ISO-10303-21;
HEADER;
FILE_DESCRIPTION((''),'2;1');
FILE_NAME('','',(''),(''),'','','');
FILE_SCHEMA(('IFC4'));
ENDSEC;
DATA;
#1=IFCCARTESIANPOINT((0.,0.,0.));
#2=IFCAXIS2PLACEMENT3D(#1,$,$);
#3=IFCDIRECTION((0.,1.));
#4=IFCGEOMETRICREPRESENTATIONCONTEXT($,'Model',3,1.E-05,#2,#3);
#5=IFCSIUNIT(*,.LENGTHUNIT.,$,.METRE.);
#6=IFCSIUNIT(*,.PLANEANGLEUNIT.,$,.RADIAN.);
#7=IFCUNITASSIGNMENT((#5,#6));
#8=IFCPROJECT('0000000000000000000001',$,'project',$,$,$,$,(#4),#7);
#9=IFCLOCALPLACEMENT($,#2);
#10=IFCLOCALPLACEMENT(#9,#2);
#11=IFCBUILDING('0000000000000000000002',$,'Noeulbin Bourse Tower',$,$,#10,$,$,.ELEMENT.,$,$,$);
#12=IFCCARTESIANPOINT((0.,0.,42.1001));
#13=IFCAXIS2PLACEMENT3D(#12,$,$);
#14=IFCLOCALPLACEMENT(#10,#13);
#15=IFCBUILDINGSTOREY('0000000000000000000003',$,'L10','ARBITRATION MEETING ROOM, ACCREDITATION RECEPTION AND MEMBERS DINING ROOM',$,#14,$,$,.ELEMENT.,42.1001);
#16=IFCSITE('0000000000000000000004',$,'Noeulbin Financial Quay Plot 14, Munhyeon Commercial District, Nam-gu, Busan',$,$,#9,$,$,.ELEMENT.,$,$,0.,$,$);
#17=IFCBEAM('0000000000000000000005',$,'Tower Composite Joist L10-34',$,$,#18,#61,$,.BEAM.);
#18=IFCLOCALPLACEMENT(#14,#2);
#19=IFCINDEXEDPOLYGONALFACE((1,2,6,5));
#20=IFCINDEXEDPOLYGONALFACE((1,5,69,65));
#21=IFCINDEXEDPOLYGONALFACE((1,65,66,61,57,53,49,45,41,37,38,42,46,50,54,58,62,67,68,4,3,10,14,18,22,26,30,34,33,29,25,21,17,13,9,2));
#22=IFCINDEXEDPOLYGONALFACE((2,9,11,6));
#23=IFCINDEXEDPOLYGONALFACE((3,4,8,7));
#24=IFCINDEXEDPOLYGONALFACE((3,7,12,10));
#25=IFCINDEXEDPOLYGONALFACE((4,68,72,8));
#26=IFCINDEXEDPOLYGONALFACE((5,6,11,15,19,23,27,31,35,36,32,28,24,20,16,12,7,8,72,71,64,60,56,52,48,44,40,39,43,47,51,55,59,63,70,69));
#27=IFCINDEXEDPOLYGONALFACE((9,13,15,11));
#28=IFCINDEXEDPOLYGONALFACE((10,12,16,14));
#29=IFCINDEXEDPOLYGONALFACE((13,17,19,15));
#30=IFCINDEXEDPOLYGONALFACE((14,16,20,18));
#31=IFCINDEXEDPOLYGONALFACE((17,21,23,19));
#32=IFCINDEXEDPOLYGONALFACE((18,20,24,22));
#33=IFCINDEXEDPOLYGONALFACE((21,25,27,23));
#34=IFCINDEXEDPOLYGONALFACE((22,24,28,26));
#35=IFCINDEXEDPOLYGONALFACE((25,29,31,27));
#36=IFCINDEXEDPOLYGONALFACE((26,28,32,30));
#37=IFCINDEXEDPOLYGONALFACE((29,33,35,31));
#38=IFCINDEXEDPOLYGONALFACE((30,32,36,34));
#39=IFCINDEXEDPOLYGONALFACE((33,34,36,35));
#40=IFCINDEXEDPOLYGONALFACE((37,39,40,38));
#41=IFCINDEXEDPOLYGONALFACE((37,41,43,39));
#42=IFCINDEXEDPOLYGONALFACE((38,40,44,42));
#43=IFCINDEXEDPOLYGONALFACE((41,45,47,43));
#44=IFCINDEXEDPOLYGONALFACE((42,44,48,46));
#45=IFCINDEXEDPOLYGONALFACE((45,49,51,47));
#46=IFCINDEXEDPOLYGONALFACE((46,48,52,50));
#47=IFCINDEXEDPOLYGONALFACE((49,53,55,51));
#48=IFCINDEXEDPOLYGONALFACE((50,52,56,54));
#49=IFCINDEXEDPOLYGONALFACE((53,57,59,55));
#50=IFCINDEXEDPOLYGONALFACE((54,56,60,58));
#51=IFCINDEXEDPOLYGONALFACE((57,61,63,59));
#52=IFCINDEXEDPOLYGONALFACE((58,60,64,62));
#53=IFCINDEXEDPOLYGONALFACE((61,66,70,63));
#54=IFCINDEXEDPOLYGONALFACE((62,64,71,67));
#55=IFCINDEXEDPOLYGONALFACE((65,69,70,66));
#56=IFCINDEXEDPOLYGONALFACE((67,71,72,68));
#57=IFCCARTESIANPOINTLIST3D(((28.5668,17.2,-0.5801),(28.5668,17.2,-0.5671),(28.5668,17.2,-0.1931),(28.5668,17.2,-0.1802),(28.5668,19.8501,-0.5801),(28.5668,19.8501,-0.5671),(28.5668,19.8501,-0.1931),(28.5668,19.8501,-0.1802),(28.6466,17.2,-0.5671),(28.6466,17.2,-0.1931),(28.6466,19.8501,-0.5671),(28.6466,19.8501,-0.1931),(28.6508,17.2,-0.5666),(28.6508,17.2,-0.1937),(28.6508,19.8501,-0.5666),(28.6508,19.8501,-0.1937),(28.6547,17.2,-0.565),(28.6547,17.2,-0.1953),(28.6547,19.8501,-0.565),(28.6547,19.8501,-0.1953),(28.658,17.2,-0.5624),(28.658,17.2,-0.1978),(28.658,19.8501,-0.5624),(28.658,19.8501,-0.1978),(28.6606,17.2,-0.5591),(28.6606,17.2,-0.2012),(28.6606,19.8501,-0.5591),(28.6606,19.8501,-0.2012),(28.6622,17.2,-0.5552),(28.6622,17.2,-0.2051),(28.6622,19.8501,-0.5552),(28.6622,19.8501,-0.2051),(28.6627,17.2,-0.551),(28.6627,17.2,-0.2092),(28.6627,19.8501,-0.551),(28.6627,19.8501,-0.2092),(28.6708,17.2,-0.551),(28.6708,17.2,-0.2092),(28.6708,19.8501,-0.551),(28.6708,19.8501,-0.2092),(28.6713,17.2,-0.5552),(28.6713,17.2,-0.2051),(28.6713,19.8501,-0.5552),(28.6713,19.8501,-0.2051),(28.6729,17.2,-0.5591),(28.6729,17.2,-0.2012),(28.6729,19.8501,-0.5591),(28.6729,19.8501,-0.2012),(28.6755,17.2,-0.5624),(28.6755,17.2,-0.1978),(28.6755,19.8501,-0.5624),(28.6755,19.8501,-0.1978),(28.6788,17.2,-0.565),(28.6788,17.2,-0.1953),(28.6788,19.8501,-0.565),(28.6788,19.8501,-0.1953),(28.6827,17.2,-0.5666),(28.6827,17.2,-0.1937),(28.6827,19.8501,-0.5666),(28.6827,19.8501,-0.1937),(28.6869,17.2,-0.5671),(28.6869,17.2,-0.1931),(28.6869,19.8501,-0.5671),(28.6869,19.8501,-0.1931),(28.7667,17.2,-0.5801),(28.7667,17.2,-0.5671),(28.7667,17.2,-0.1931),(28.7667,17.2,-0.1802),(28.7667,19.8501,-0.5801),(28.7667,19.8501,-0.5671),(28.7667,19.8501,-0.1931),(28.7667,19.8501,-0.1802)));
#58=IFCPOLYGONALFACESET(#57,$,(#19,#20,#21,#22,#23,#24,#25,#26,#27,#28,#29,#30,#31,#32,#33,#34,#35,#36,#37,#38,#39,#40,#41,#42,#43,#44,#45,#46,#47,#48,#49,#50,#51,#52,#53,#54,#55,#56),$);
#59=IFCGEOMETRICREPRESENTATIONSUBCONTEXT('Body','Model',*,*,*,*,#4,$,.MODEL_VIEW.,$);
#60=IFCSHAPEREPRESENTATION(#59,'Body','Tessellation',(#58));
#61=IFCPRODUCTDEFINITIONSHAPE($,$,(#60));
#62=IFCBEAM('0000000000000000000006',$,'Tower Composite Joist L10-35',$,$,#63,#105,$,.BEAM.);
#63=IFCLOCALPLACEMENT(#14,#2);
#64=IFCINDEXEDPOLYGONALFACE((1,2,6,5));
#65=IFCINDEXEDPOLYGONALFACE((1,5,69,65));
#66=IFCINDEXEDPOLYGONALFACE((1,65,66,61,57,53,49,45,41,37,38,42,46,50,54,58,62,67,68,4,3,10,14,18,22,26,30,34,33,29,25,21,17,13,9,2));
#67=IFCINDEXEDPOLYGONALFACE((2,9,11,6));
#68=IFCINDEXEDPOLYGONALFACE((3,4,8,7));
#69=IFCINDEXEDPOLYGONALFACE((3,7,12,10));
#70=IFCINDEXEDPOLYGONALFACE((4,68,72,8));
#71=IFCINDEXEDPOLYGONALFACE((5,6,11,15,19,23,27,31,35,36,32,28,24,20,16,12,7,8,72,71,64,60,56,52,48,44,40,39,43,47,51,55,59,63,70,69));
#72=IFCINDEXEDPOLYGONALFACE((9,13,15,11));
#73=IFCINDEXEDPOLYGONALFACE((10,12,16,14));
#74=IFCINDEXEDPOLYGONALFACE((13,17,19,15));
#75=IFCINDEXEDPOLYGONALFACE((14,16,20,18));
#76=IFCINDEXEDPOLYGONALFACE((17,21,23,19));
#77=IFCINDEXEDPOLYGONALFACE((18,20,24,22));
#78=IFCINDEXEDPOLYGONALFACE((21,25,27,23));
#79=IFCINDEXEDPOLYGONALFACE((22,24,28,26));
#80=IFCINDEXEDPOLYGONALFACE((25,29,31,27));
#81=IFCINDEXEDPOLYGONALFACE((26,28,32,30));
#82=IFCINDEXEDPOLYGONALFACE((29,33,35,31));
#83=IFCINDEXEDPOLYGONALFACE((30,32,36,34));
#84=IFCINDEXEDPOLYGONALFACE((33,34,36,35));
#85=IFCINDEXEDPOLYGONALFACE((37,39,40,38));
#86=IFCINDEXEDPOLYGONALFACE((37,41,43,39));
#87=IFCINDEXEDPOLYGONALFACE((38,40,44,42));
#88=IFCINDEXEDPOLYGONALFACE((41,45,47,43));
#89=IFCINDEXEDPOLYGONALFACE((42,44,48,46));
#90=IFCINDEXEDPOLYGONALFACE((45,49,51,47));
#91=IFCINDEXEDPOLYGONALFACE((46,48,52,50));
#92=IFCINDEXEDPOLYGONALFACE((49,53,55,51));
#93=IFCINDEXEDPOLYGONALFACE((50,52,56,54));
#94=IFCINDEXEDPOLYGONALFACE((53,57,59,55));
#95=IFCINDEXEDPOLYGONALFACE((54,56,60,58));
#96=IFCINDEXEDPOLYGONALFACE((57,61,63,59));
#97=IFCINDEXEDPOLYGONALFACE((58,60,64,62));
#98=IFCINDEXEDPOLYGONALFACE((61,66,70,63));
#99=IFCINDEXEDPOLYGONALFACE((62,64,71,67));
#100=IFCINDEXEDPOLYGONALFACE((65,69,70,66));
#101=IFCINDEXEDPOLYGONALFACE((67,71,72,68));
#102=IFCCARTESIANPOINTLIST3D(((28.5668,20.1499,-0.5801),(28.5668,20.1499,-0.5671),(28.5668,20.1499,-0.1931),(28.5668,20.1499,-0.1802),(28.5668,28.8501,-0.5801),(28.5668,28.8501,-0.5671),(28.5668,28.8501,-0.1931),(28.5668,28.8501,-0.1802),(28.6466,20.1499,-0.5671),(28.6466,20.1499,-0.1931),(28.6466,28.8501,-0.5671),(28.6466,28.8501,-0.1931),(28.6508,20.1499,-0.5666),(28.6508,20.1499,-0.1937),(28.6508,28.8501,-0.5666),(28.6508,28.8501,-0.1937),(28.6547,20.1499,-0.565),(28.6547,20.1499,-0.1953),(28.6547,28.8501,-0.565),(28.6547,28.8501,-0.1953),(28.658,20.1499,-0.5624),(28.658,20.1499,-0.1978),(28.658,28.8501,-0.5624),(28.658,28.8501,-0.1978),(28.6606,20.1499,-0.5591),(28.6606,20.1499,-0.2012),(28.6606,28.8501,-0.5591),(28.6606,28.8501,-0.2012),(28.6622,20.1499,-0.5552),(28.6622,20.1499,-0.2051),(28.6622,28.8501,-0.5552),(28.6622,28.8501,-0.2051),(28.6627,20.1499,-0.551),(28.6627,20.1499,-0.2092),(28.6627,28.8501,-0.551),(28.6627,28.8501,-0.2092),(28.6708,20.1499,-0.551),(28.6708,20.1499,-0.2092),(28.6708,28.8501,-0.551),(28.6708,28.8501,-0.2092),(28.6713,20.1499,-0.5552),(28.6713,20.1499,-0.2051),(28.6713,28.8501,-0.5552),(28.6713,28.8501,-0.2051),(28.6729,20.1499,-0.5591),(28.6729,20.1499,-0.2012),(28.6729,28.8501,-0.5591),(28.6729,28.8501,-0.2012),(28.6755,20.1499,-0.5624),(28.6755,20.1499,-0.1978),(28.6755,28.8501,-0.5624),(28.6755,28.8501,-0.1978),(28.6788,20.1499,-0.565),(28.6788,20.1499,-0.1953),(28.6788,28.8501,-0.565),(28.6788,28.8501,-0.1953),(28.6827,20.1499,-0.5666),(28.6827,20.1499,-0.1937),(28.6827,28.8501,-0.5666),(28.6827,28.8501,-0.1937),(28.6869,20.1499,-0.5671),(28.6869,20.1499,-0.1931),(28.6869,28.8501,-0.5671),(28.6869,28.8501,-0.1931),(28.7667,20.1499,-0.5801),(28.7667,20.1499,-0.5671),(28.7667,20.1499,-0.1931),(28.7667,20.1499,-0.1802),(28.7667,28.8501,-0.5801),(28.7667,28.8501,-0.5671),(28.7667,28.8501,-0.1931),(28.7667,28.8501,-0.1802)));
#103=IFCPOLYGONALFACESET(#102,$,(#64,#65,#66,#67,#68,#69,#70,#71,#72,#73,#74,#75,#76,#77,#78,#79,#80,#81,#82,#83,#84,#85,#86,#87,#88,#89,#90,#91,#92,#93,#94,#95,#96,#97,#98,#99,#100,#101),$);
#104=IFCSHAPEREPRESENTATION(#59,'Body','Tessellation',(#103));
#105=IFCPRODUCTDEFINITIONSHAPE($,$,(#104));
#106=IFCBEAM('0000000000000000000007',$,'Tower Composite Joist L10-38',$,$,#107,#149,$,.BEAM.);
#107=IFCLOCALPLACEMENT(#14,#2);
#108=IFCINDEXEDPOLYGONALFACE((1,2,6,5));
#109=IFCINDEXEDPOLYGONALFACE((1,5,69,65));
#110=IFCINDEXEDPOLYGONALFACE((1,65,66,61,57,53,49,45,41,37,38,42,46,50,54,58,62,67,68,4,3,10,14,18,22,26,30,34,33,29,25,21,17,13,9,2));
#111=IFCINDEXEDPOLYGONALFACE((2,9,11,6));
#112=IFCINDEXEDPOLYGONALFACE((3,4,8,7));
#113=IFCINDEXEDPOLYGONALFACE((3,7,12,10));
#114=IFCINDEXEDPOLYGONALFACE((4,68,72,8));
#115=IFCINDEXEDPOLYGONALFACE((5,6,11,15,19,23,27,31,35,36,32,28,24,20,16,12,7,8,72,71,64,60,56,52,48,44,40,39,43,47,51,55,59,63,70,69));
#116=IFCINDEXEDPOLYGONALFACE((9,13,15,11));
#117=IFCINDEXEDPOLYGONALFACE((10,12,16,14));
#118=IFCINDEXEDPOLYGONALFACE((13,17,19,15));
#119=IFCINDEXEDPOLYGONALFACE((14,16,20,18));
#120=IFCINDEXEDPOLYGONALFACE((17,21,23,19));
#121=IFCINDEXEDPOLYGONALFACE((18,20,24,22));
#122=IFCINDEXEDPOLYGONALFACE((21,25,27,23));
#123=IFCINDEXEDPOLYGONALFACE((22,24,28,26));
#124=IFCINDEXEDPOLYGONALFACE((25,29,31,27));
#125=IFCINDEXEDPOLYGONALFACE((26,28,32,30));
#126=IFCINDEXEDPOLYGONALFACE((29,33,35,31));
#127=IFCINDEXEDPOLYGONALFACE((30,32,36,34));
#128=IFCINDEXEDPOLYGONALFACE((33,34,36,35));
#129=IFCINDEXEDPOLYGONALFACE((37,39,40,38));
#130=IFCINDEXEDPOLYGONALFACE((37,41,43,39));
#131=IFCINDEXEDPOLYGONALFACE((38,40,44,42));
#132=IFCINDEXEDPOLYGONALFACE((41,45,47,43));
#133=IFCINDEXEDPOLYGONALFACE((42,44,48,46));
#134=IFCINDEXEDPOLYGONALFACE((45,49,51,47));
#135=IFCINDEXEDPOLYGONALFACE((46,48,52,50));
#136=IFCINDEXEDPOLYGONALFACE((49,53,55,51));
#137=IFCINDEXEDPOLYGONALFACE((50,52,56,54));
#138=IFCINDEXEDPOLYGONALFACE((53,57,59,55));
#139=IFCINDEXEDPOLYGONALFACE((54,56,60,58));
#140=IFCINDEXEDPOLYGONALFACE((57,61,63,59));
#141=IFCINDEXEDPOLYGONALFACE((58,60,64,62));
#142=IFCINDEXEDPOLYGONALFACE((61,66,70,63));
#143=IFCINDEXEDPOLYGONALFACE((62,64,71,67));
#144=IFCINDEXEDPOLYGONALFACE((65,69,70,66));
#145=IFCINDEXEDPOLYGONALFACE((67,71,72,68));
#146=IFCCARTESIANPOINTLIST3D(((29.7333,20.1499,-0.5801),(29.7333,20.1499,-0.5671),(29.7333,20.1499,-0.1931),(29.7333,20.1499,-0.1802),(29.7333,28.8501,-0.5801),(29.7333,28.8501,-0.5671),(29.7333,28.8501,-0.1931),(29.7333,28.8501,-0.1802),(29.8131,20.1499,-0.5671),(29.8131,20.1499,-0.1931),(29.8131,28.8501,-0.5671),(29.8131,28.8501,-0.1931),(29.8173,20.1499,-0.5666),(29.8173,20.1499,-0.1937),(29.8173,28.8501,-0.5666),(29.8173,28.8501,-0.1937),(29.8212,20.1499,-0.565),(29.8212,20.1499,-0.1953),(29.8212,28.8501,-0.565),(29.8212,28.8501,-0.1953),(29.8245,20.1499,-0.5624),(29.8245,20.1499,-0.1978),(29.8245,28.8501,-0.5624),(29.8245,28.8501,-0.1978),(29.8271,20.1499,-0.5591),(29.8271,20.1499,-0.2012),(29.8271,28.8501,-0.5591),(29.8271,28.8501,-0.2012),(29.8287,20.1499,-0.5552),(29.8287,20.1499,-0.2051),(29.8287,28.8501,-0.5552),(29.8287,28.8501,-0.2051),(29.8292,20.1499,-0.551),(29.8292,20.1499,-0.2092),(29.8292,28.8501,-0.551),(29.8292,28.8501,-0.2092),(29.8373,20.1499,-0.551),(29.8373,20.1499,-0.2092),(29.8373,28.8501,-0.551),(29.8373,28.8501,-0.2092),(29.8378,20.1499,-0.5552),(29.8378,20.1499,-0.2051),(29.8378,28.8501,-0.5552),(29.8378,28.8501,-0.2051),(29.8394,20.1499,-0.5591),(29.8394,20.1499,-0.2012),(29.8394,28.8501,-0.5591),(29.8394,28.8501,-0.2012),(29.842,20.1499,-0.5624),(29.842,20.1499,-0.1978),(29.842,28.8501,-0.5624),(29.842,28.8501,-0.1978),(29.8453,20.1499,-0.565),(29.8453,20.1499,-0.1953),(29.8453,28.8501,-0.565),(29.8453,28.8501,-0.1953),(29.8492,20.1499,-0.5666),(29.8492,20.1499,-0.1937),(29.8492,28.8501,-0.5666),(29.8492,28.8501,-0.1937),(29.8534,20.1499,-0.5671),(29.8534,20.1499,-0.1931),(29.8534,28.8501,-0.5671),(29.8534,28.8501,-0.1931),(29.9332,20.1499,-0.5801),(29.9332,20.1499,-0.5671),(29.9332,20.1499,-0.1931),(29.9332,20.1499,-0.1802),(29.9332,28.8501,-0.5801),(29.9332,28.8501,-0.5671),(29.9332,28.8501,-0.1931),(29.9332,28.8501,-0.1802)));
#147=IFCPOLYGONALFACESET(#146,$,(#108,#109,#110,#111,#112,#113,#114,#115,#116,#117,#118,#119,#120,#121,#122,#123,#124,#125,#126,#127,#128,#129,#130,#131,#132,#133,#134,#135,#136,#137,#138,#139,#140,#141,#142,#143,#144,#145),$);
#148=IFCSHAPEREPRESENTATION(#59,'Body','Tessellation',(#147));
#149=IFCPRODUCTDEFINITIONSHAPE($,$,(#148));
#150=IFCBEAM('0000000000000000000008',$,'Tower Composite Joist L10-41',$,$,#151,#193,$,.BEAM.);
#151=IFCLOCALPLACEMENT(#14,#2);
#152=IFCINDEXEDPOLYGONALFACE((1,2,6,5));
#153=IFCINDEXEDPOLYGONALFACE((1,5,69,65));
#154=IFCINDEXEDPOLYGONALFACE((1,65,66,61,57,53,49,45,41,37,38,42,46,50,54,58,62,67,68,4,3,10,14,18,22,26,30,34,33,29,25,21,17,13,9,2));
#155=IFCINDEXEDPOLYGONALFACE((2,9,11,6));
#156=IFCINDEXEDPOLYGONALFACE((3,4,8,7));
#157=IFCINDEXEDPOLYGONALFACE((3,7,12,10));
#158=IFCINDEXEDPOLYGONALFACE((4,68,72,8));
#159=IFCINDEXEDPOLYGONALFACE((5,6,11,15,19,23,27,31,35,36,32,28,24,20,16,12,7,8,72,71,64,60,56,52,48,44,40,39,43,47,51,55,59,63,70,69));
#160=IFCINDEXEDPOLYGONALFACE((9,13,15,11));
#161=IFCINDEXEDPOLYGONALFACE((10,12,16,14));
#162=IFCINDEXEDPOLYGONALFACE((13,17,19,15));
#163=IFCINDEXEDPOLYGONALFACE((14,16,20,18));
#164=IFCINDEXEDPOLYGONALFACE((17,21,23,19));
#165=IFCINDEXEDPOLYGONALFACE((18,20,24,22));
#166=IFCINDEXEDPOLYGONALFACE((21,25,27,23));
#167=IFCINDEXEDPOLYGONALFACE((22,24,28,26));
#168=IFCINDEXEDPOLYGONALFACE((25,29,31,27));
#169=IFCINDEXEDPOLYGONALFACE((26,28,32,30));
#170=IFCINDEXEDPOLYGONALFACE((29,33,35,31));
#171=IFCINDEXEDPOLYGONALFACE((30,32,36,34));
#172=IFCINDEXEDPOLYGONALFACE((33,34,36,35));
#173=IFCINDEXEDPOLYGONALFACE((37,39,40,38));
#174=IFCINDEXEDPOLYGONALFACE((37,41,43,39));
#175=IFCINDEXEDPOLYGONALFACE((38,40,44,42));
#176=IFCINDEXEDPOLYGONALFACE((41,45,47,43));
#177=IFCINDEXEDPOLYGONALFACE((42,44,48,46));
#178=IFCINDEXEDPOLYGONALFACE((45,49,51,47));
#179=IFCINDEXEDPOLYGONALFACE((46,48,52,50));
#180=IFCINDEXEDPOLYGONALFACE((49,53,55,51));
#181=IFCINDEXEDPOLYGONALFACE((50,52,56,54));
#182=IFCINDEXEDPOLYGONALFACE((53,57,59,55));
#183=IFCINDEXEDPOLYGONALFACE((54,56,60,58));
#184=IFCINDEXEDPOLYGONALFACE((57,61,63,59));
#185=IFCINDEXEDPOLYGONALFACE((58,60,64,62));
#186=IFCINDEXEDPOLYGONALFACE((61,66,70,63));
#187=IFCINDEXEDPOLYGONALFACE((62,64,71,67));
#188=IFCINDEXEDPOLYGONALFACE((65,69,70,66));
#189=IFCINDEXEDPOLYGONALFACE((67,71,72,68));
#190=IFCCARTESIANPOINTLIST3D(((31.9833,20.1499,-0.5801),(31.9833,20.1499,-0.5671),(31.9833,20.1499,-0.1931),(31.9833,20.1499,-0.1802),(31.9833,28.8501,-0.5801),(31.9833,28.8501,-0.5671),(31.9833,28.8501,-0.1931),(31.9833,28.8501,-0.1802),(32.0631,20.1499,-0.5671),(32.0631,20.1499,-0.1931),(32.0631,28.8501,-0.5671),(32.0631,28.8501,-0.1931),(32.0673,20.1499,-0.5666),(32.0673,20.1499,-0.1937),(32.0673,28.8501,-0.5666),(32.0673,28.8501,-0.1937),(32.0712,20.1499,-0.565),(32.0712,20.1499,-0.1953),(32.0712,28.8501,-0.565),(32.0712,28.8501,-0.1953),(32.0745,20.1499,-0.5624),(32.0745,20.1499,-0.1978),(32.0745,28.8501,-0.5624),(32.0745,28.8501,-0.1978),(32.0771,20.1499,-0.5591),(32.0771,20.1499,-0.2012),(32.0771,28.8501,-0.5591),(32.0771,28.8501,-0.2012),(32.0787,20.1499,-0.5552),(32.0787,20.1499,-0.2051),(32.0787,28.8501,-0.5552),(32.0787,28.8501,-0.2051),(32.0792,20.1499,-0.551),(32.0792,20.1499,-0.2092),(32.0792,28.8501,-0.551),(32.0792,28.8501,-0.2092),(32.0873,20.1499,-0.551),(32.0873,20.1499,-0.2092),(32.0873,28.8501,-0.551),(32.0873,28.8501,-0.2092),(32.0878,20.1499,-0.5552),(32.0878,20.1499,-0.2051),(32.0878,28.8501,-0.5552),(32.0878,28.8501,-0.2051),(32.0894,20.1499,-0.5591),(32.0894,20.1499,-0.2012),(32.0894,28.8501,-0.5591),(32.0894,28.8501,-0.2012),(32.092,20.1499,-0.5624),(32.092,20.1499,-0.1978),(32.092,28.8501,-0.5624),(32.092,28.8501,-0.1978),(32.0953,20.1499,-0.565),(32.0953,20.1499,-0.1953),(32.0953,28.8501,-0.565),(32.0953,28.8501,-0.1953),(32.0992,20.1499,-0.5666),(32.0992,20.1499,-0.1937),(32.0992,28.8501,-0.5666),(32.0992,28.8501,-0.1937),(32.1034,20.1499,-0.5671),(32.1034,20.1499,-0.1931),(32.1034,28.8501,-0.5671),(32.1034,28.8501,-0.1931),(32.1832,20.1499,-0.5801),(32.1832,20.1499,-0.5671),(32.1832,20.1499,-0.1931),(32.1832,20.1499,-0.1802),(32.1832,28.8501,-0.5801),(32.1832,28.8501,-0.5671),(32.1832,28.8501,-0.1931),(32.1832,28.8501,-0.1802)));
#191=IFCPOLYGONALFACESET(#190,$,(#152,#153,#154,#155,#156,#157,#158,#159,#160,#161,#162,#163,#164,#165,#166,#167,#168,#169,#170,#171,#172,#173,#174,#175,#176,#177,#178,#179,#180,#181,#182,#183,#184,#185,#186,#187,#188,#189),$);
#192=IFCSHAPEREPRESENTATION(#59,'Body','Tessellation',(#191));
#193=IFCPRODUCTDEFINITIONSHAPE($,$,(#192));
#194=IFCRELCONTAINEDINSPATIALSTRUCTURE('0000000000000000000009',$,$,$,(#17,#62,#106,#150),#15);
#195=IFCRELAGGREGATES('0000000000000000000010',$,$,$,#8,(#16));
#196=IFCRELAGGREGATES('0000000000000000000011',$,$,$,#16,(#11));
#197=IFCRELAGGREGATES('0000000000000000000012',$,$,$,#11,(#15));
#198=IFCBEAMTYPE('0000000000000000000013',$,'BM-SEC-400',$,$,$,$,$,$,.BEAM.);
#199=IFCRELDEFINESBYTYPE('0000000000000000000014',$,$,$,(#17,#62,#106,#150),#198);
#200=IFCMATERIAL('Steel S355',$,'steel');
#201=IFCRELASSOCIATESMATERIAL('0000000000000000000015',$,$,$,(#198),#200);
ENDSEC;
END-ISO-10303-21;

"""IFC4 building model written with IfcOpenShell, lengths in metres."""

from ifc_helpers import new_model, si_unit, direction, frame, origin, origin_2d, place, context, subcontext, project, spatial, i_section, extrude, material, material_profile, profile_set, type_object, element, save


model = new_model("IFC4")

# Units and contexts
model_context = context("Model", 3, precision=1e-05, world=origin(), true_north=direction((0.0, 1.0)))
body_context = subcontext(model_context, "Body", "Model", "MODEL_VIEW")
ifc_project = project(units=[si_unit("LENGTHUNIT", "METRE"), si_unit("PLANEANGLEUNIT", "RADIAN")], contexts=[model_context])

# Site, building, storey
site_placement = place(None, origin())
site = spatial("IfcSite", under=ifc_project, at=site_placement, Name="Noeulbin Financial Quay Plot 14, Munhyeon Commercial District, Nam-gu, Busan", CompositionType="ELEMENT", RefElevation=0.0)
building_placement = place(site_placement, origin())
building = spatial("IfcBuilding", under=site, at=building_placement, Name="Noeulbin Bourse Tower", CompositionType="ELEMENT")
storey_placement = place(building_placement, frame((0.0, 0.0, 42.1001)))
storey = spatial("IfcBuildingStorey", under=building, at=storey_placement, Name="L10", Description="ARBITRATION MEETING ROOM, ACCREDITATION RECEPTION AND MEMBERS DINING ROOM", CompositionType="ELEMENT", Elevation=42.1001)

# Beams
ifc_material_1 = material(Name="Steel S355", Category="steel")
ifc_material_profile_1 = material_profile(ifc_material_1, i_section(OverallWidth=0.2, OverallDepth=0.3999, WebThickness=0.0081, FlangeThickness=0.0129, FilletRadius=0.0161, at=origin_2d()), Name="H-400x200x8x13", Category="LoadBearing")
ifc_profile_set_1 = profile_set([ifc_material_profile_1], Name="Steel S355")
beam_type_1 = type_object("IfcBeamType", Name="BM-SEC-400", PredefinedType="BEAM", material=ifc_profile_set_1)
beam_1_placement = place(storey_placement, frame((28.6667, 17.2, -0.3801), z_axis=(0.0, 1.0, 0.0), x_axis=(-1.0, 0.0, 0.0)))
element("IfcBeam", 1, at=beam_1_placement, inside=storey, type_object=beam_type_1, Name="Tower Composite Joist L10-34", PredefinedType="BEAM", context=body_context, shape_type="SweptSolid", body=[
    extrude(i_section(OverallWidth=0.2, OverallDepth=0.3999, WebThickness=0.0081, FlangeThickness=0.0129, FilletRadius=0.0161, at=origin_2d()), origin(), (0.0, 0.0, 1.0), 2.6501),
])
for number, where, z_axis, x_axis, name in (
    (2, (28.6667, 20.1499, -0.3801), (0.0, 1.0, 0.0), (-1.0, 0.0, 0.0), "Tower Composite Joist L10-35"),
    (3, (29.8333, 20.1499, -0.3801), (0.0, 1.0, 0.0), (-1.0, 0.0, 0.0), "Tower Composite Joist L10-38"),
    (4, (32.0833, 20.1499, -0.3801), (0.0, 1.0, 0.0), (-1.0, 0.0, 0.0), "Tower Composite Joist L10-41"),
):
    element("IfcBeam", number, at=place(storey_placement, frame(where, z_axis=z_axis, x_axis=x_axis)), inside=storey, type_object=beam_type_1, Name=name, PredefinedType="BEAM", context=body_context, shape_type="SweptSolid", body=[
        extrude(i_section(OverallWidth=0.2, OverallDepth=0.3999, WebThickness=0.0081, FlangeThickness=0.0129, FilletRadius=0.0161, at=origin_2d()), origin(), (0.0, 0.0, 1.0), 8.7002),
    ])

save(model, "model.ifc")
